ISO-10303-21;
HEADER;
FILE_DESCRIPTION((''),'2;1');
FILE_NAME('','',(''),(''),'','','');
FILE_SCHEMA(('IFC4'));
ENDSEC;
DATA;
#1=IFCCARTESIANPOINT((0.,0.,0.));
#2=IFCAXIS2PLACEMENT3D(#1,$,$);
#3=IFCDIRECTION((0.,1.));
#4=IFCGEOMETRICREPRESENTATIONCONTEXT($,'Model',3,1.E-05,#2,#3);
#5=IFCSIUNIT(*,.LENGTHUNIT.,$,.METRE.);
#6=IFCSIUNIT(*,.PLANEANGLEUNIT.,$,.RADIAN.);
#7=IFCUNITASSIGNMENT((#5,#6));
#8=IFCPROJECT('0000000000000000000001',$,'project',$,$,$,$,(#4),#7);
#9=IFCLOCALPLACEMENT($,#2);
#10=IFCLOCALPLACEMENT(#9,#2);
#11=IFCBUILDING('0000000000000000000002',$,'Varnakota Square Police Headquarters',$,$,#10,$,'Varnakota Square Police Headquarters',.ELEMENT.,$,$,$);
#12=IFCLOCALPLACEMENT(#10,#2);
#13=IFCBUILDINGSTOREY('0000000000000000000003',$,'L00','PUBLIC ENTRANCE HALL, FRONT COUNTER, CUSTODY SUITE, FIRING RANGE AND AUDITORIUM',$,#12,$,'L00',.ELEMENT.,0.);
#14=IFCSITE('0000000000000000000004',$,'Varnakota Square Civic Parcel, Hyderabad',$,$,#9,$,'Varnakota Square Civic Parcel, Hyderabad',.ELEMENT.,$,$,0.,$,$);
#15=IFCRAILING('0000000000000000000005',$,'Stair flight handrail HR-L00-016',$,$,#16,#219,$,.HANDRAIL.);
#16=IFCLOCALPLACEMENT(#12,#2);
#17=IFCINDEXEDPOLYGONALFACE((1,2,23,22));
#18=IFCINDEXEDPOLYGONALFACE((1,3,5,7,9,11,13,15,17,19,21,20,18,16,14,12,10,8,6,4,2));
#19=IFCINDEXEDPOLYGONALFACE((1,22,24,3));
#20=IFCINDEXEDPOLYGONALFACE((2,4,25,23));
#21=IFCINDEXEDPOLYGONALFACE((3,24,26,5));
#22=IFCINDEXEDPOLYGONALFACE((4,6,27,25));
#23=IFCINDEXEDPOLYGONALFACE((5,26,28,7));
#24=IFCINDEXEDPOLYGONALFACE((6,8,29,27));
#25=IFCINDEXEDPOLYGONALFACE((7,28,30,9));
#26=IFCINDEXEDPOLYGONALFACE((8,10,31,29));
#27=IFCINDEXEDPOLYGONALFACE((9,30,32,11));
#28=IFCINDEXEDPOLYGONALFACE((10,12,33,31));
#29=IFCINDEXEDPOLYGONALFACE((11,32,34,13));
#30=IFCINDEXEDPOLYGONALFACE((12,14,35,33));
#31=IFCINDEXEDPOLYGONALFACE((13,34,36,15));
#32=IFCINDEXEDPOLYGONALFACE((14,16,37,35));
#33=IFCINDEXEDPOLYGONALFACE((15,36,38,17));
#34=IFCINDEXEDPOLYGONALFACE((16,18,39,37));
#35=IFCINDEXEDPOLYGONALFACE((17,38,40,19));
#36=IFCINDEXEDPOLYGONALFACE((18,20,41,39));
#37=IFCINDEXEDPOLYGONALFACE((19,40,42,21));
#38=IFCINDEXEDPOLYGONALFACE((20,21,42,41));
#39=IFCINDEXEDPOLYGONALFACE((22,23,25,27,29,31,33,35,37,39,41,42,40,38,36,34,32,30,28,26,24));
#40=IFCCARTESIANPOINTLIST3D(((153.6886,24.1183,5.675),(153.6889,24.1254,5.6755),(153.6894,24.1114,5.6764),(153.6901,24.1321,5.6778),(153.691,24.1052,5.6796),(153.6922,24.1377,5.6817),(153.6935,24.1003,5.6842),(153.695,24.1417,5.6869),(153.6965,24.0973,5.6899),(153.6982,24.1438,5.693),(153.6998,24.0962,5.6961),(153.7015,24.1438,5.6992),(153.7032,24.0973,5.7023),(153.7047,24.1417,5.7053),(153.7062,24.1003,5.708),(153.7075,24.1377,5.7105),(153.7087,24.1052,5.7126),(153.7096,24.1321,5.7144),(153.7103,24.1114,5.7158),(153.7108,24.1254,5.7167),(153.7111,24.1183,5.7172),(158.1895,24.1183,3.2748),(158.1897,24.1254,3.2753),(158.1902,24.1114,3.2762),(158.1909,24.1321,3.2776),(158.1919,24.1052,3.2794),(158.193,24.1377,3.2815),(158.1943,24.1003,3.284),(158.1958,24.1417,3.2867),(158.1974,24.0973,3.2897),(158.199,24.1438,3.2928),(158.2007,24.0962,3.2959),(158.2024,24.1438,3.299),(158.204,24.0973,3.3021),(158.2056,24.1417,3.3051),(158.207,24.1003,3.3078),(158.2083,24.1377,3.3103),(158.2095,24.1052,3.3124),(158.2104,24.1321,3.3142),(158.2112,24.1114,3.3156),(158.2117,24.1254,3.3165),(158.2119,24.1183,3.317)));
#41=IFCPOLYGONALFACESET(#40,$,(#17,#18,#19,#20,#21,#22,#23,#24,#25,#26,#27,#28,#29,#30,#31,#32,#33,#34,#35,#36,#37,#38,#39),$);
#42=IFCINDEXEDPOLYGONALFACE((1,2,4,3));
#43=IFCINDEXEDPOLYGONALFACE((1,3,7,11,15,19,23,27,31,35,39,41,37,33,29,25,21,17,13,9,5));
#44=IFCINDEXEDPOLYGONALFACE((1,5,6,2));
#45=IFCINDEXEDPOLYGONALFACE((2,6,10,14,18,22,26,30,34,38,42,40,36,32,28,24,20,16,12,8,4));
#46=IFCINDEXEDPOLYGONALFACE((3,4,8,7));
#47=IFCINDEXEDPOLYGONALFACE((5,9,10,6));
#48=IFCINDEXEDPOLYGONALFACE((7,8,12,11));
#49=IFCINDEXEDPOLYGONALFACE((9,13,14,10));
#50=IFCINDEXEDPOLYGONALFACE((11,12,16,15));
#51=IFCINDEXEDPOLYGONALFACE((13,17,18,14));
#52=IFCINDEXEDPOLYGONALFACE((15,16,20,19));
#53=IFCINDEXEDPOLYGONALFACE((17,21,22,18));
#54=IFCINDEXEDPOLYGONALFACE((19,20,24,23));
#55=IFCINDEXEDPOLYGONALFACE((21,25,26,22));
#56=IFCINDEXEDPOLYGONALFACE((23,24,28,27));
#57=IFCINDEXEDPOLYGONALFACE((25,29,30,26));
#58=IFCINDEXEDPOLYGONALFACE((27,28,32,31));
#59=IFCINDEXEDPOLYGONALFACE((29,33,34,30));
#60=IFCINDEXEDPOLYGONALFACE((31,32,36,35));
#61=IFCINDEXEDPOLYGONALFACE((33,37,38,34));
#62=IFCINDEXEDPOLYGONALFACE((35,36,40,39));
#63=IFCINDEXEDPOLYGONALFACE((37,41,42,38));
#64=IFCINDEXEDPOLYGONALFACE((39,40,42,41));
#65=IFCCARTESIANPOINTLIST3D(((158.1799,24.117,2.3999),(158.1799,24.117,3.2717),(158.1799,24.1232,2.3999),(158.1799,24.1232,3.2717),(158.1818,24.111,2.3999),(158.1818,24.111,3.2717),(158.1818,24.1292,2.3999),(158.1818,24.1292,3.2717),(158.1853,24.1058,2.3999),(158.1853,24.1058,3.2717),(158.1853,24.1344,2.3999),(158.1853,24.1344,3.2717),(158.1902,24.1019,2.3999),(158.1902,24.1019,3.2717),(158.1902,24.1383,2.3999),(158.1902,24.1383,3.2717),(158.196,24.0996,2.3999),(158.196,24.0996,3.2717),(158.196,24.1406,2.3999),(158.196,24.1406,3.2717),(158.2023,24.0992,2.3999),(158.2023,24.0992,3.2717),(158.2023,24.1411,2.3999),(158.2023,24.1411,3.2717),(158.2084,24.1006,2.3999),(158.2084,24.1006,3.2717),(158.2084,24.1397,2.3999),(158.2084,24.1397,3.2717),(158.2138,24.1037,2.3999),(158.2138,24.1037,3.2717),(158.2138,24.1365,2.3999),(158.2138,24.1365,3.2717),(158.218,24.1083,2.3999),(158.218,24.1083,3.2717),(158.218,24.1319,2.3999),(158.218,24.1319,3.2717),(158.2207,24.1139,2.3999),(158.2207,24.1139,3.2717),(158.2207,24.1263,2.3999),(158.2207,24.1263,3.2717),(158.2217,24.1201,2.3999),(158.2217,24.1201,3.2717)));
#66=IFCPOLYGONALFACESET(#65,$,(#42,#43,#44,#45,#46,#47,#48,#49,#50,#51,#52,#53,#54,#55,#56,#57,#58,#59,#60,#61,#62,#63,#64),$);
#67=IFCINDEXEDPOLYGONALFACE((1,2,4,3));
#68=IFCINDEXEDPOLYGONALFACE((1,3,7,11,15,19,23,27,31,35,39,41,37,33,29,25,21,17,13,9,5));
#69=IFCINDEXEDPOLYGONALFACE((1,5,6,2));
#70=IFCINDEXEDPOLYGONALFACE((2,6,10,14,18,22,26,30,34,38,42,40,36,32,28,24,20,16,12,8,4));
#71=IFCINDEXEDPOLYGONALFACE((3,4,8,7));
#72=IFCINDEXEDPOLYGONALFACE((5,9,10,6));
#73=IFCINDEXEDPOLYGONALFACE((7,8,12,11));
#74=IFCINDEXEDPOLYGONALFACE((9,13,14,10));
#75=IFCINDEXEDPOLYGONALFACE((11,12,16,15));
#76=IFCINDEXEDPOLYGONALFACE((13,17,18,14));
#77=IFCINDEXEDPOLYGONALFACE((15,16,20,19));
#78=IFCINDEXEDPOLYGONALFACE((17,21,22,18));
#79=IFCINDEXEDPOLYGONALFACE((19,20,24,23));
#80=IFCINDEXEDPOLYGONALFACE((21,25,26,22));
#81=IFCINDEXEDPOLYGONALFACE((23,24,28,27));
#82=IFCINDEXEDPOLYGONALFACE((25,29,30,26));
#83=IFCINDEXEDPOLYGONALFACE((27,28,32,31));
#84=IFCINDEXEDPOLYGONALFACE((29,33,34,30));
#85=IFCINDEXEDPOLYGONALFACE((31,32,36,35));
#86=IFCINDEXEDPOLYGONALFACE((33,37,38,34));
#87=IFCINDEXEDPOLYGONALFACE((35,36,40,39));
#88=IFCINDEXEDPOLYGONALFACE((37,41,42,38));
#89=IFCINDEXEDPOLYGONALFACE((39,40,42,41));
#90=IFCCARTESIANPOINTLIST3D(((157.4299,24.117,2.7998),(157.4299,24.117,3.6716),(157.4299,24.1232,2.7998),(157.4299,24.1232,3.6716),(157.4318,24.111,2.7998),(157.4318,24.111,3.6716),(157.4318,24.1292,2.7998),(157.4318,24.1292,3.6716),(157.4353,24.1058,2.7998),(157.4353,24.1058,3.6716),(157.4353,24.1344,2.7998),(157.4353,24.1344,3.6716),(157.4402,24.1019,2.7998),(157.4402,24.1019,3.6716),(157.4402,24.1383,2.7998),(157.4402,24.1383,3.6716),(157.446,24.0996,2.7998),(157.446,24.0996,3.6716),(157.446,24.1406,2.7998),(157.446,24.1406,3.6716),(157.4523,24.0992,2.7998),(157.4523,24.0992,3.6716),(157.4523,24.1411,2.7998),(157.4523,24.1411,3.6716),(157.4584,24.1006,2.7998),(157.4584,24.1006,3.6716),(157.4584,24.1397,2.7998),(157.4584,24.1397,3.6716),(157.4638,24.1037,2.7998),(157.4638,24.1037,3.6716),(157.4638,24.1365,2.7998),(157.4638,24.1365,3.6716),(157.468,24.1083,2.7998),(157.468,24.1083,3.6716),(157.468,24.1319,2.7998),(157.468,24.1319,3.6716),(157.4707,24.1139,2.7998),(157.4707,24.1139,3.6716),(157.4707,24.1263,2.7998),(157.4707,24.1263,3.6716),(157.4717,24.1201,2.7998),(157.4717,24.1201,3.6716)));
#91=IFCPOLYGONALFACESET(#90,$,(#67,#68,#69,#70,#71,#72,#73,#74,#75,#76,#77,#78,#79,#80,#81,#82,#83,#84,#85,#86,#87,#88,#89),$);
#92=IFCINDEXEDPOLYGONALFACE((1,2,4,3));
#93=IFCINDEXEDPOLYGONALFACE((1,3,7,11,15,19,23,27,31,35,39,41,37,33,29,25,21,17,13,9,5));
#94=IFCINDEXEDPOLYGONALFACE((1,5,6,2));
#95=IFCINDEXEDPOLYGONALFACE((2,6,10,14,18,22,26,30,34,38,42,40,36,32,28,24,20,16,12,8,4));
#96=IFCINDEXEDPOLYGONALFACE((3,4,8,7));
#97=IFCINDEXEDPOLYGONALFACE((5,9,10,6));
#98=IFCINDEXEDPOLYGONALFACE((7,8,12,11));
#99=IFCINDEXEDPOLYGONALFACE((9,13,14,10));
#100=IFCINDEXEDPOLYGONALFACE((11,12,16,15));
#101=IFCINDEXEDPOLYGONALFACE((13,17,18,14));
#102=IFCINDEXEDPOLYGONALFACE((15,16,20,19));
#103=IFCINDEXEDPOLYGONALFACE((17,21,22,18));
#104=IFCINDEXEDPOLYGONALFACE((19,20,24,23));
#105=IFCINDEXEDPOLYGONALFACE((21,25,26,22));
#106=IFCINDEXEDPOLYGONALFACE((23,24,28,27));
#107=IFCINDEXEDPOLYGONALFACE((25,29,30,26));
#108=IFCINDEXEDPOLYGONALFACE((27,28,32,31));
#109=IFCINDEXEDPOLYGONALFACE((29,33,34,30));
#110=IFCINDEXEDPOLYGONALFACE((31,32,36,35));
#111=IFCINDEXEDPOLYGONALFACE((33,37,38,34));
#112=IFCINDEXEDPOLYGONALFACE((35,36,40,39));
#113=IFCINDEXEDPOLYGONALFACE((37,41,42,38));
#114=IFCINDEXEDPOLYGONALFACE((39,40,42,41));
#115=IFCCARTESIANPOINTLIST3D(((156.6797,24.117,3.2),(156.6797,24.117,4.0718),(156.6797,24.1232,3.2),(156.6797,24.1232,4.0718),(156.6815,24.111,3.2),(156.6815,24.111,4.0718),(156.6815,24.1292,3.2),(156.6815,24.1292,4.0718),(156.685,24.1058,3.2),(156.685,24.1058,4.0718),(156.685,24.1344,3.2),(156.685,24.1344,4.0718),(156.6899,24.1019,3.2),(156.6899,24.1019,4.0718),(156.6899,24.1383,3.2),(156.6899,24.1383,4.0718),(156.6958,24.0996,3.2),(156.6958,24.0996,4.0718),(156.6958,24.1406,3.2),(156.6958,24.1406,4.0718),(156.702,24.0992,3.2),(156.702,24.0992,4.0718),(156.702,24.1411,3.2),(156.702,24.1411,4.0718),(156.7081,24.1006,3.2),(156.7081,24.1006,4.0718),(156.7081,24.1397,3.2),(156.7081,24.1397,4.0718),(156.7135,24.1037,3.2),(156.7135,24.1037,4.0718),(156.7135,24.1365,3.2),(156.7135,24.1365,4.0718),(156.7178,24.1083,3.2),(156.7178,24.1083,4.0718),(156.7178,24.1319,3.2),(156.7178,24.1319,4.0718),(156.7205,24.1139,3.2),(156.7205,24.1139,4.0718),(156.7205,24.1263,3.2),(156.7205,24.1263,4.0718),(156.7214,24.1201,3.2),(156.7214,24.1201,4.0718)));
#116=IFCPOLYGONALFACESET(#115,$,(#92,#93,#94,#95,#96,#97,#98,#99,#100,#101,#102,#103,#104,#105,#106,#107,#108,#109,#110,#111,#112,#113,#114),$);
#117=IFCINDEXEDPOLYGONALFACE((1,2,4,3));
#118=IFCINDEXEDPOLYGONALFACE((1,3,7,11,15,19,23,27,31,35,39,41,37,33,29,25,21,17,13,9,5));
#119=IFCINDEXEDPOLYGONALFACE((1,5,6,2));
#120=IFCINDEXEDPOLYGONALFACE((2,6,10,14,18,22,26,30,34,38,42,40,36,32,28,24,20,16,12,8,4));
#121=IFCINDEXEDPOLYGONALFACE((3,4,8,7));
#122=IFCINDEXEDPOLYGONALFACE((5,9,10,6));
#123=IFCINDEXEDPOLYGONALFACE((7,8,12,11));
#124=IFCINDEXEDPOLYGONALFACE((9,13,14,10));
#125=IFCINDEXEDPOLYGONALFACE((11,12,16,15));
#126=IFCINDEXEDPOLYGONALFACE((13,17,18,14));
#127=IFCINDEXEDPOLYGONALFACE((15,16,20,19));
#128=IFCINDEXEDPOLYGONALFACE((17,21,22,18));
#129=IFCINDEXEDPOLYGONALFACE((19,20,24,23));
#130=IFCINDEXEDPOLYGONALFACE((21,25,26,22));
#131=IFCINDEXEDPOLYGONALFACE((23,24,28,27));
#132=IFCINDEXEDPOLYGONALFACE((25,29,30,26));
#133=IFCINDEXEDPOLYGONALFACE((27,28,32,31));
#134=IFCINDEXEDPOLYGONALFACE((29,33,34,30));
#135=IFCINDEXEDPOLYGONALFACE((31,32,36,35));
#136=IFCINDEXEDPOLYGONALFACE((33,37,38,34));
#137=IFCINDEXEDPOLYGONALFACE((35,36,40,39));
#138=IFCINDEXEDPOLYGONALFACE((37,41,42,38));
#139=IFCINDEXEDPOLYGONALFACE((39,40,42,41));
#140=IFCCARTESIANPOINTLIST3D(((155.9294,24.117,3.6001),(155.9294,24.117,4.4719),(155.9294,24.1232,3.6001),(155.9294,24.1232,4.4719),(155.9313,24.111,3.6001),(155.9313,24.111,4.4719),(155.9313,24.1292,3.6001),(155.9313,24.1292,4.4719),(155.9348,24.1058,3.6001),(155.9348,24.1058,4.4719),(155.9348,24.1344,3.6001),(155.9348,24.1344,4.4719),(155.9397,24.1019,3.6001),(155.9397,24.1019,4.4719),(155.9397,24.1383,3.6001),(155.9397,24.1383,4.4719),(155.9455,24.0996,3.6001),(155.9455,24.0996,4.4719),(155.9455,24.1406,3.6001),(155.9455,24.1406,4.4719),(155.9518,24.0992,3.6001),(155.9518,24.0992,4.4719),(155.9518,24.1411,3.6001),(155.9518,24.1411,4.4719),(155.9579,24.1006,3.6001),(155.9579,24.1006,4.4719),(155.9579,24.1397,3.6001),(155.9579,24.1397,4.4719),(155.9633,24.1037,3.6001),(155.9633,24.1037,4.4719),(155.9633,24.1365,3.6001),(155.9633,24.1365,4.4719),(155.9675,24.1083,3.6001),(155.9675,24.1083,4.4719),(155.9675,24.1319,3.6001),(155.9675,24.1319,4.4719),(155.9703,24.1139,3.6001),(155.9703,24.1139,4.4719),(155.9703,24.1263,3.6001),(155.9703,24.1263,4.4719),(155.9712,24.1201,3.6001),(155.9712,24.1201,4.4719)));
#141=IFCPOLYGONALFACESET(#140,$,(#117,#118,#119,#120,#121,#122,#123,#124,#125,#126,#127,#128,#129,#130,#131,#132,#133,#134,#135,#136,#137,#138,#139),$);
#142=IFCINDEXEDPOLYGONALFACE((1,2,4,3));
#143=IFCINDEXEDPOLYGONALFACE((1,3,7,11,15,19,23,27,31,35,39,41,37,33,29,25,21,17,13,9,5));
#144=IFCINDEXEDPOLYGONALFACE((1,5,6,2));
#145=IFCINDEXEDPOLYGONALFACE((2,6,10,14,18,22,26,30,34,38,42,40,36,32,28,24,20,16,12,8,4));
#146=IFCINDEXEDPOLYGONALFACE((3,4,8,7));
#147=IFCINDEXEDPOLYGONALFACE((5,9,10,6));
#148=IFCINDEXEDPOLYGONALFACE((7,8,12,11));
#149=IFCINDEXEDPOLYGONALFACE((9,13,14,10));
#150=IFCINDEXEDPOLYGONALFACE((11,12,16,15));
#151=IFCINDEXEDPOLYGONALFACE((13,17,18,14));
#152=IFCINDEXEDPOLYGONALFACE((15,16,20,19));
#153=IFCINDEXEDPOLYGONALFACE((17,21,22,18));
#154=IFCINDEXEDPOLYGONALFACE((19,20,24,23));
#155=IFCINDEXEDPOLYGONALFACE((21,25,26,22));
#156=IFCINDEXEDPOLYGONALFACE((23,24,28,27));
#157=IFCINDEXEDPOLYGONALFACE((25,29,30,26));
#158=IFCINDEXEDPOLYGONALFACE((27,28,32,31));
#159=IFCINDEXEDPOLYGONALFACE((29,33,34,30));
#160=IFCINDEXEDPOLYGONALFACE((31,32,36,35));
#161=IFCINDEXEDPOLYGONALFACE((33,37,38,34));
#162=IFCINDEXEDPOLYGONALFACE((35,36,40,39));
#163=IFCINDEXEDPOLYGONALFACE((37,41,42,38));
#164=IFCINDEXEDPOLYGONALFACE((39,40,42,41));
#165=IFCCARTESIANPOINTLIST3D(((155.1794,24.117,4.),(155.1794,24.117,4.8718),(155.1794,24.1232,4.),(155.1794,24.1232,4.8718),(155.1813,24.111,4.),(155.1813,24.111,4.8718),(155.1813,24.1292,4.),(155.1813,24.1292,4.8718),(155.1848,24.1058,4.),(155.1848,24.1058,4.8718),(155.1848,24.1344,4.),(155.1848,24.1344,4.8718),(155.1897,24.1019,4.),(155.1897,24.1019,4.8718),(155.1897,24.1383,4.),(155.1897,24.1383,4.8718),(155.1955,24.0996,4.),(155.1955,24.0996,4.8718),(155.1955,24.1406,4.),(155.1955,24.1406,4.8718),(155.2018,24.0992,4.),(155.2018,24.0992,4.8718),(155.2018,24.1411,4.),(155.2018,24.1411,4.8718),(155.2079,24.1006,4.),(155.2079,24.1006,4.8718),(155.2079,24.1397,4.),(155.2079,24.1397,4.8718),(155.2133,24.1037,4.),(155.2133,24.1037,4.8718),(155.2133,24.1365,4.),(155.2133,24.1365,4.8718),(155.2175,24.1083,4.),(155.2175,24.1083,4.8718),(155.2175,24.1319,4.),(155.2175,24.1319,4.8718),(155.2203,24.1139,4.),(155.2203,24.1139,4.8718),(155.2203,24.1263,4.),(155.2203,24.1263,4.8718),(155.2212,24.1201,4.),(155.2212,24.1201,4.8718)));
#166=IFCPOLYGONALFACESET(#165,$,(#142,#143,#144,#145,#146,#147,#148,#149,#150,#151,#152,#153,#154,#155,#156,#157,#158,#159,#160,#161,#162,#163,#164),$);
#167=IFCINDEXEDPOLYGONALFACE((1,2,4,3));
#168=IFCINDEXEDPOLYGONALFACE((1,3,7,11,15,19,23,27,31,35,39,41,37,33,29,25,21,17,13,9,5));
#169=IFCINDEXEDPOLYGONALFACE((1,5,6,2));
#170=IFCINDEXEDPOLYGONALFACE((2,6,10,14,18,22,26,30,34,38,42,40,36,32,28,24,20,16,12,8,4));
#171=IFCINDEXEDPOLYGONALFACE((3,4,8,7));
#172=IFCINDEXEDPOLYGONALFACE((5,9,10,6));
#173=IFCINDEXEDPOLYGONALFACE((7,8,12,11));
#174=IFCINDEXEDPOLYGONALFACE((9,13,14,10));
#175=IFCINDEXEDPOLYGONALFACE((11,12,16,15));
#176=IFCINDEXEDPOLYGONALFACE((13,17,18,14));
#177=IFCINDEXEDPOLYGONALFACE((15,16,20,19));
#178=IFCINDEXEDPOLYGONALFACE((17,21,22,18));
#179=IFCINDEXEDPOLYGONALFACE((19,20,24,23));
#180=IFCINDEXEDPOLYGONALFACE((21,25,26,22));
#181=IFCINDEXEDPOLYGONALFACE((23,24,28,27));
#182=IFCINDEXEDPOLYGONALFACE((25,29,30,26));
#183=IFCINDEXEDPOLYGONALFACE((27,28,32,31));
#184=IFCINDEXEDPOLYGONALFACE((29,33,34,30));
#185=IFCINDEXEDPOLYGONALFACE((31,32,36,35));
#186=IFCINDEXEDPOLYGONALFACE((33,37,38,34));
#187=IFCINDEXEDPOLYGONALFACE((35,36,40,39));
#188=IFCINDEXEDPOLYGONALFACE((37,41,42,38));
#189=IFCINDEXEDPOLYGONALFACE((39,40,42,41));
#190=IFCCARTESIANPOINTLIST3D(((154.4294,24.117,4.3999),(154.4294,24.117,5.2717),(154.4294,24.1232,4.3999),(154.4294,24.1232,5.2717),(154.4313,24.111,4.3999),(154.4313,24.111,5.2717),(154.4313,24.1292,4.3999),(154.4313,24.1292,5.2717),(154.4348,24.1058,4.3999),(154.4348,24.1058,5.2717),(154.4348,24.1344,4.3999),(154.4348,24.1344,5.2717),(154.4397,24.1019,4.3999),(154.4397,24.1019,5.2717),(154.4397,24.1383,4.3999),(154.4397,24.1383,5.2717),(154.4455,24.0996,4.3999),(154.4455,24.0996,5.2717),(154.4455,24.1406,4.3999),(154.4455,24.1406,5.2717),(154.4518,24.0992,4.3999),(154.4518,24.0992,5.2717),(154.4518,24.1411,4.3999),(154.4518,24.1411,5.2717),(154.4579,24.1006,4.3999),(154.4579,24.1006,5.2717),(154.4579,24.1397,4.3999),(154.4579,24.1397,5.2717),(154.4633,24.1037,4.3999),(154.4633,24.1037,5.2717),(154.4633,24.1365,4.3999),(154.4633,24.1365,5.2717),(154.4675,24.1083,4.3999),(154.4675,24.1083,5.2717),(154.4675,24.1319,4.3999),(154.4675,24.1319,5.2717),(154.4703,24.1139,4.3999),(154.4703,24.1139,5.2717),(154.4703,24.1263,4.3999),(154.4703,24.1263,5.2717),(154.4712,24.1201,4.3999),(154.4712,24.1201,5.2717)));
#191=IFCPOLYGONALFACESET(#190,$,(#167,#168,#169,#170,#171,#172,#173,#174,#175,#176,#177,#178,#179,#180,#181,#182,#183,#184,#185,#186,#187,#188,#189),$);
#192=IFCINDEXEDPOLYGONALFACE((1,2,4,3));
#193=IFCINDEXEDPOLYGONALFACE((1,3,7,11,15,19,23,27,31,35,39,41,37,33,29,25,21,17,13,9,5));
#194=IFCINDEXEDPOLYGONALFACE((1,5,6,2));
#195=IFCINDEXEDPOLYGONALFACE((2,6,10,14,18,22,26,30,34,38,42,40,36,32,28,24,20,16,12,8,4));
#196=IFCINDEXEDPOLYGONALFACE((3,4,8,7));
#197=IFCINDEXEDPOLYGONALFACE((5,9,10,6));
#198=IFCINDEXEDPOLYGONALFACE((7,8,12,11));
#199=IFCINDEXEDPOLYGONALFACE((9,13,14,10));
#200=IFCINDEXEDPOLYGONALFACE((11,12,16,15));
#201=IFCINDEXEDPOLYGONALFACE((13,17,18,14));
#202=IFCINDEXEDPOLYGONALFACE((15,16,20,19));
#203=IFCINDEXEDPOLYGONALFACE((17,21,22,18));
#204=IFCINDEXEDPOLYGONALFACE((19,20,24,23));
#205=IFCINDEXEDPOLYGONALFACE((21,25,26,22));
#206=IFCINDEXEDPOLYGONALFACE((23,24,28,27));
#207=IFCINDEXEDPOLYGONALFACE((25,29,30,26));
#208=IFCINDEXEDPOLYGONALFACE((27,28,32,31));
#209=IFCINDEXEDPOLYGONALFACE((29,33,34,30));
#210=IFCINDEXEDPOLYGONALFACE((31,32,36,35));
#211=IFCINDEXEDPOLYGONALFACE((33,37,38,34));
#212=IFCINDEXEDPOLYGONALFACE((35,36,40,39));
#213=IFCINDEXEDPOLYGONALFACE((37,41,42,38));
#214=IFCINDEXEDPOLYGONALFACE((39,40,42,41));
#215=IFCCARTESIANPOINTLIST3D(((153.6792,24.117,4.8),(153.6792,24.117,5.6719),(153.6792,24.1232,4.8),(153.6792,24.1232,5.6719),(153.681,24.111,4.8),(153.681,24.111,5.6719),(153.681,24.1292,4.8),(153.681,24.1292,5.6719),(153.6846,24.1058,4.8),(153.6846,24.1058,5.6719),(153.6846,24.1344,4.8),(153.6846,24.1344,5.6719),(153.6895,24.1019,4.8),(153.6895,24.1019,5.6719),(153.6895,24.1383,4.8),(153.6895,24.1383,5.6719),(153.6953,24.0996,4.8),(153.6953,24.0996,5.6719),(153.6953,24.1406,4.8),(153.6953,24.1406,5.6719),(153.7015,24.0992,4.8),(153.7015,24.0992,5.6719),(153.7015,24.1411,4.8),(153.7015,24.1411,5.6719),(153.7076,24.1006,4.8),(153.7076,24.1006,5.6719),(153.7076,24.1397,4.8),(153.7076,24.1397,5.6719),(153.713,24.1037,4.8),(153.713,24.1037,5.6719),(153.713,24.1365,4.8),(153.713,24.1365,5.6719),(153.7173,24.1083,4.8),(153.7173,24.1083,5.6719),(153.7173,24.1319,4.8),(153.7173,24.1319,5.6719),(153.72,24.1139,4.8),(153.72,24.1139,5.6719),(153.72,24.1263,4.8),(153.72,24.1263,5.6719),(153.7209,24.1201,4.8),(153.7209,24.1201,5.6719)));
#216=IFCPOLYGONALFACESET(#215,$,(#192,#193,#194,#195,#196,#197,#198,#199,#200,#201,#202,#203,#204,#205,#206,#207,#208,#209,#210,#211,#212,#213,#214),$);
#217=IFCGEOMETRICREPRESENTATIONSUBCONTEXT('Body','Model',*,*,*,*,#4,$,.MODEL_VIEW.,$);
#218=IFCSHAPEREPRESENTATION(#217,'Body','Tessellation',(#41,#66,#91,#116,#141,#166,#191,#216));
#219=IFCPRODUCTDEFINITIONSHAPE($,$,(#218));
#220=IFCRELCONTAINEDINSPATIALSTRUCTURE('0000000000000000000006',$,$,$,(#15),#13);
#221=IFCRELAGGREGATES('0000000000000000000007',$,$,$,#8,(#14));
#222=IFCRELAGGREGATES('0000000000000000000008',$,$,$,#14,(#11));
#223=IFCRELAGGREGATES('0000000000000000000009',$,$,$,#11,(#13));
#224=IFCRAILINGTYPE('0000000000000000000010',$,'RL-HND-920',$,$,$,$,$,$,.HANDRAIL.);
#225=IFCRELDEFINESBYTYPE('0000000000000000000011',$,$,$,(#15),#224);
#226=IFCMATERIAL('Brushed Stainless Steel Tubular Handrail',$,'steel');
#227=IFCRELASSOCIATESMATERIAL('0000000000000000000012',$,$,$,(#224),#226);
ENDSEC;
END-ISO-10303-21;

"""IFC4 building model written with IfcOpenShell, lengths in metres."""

from ifc_helpers import new_model, si_unit, direction, frame, origin, origin_2d, place, context, subcontext, project, spatial, circle, extrude, material, type_object, element, save


model = new_model("IFC4")

# Units and contexts
model_context = context("Model", 3, precision=1e-05, world=origin(), true_north=direction((0.0, 1.0)))
body_context = subcontext(model_context, "Body", "Model", "MODEL_VIEW")
ifc_project = project(units=[si_unit("LENGTHUNIT", "METRE"), si_unit("PLANEANGLEUNIT", "RADIAN")], contexts=[model_context])

# Site, building, storey
site_placement = place(None, origin())
site = spatial("IfcSite", under=ifc_project, at=site_placement, Name="Varnakota Square Civic Parcel, Hyderabad", LongName="Varnakota Square Civic Parcel, Hyderabad", CompositionType="ELEMENT", RefElevation=0.0)
building_placement = place(site_placement, origin())
building = spatial("IfcBuilding", under=site, at=building_placement, Name="Varnakota Square Police Headquarters", LongName="Varnakota Square Police Headquarters", CompositionType="ELEMENT")
storey_placement = place(building_placement, origin())
storey = spatial("IfcBuildingStorey", under=building, at=storey_placement, Name="L00", Description="PUBLIC ENTRANCE HALL, FRONT COUNTER, CUSTODY SUITE, FIRING RANGE AND AUDITORIUM", LongName="L00", CompositionType="ELEMENT", Elevation=0.0)

# Railing
ifc_material_1 = material(Name="Brushed Stainless Steel Tubular Handrail", Category="steel")
railing_type_1 = type_object("IfcRailingType", Name="RL-HND-920", PredefinedType="HANDRAIL", material=ifc_material_1)
railing_1_placement = place(storey_placement, frame((158.2007, 24.1201, 2.3999)))
element("IfcRailing", 1, at=railing_1_placement, inside=storey, type_object=railing_type_1, Name="Stair flight handrail HR-L00-016", PredefinedType="HANDRAIL", context=body_context, shape_type="SweptSolid", body=[
    extrude(circle(Radius=0.0239, at=origin_2d()), frame((0.0, 0.0, 0.896), z_axis=(-0.882373, 0.0, 0.470551), x_axis=(0.0, -1.0, 0.0)), (0.0, 0.0, 1.0), 5.1008),
    extrude(circle(Radius=0.021, at=origin_2d()), origin(), (0.0, 0.0, 1.0), 0.8718),
    extrude(circle(Radius=0.021, at=origin_2d()), frame((-0.75, 0.0, 0.3999)), (0.0, 0.0, 1.0), 0.8718),
    extrude(circle(Radius=0.021, at=origin_2d()), frame((-1.5002, 0.0, 0.8)), (0.0, 0.0, 1.0), 0.8718),
    extrude(circle(Radius=0.021, at=origin_2d()), frame((-2.2505, 0.0, 1.2002)), (0.0, 0.0, 1.0), 0.8718),
    extrude(circle(Radius=0.021, at=origin_2d()), frame((-3.0005, 0.0, 1.6001)), (0.0, 0.0, 1.0), 0.8718),
    extrude(circle(Radius=0.021, at=origin_2d()), frame((-3.7505, 0.0, 2.0)), (0.0, 0.0, 1.0), 0.8718),
    extrude(circle(Radius=0.021, at=origin_2d()), frame((-4.5007, 0.0, 2.4001)), (0.0, 0.0, 1.0), 0.8718),
])

save(model, "model.ifc")
